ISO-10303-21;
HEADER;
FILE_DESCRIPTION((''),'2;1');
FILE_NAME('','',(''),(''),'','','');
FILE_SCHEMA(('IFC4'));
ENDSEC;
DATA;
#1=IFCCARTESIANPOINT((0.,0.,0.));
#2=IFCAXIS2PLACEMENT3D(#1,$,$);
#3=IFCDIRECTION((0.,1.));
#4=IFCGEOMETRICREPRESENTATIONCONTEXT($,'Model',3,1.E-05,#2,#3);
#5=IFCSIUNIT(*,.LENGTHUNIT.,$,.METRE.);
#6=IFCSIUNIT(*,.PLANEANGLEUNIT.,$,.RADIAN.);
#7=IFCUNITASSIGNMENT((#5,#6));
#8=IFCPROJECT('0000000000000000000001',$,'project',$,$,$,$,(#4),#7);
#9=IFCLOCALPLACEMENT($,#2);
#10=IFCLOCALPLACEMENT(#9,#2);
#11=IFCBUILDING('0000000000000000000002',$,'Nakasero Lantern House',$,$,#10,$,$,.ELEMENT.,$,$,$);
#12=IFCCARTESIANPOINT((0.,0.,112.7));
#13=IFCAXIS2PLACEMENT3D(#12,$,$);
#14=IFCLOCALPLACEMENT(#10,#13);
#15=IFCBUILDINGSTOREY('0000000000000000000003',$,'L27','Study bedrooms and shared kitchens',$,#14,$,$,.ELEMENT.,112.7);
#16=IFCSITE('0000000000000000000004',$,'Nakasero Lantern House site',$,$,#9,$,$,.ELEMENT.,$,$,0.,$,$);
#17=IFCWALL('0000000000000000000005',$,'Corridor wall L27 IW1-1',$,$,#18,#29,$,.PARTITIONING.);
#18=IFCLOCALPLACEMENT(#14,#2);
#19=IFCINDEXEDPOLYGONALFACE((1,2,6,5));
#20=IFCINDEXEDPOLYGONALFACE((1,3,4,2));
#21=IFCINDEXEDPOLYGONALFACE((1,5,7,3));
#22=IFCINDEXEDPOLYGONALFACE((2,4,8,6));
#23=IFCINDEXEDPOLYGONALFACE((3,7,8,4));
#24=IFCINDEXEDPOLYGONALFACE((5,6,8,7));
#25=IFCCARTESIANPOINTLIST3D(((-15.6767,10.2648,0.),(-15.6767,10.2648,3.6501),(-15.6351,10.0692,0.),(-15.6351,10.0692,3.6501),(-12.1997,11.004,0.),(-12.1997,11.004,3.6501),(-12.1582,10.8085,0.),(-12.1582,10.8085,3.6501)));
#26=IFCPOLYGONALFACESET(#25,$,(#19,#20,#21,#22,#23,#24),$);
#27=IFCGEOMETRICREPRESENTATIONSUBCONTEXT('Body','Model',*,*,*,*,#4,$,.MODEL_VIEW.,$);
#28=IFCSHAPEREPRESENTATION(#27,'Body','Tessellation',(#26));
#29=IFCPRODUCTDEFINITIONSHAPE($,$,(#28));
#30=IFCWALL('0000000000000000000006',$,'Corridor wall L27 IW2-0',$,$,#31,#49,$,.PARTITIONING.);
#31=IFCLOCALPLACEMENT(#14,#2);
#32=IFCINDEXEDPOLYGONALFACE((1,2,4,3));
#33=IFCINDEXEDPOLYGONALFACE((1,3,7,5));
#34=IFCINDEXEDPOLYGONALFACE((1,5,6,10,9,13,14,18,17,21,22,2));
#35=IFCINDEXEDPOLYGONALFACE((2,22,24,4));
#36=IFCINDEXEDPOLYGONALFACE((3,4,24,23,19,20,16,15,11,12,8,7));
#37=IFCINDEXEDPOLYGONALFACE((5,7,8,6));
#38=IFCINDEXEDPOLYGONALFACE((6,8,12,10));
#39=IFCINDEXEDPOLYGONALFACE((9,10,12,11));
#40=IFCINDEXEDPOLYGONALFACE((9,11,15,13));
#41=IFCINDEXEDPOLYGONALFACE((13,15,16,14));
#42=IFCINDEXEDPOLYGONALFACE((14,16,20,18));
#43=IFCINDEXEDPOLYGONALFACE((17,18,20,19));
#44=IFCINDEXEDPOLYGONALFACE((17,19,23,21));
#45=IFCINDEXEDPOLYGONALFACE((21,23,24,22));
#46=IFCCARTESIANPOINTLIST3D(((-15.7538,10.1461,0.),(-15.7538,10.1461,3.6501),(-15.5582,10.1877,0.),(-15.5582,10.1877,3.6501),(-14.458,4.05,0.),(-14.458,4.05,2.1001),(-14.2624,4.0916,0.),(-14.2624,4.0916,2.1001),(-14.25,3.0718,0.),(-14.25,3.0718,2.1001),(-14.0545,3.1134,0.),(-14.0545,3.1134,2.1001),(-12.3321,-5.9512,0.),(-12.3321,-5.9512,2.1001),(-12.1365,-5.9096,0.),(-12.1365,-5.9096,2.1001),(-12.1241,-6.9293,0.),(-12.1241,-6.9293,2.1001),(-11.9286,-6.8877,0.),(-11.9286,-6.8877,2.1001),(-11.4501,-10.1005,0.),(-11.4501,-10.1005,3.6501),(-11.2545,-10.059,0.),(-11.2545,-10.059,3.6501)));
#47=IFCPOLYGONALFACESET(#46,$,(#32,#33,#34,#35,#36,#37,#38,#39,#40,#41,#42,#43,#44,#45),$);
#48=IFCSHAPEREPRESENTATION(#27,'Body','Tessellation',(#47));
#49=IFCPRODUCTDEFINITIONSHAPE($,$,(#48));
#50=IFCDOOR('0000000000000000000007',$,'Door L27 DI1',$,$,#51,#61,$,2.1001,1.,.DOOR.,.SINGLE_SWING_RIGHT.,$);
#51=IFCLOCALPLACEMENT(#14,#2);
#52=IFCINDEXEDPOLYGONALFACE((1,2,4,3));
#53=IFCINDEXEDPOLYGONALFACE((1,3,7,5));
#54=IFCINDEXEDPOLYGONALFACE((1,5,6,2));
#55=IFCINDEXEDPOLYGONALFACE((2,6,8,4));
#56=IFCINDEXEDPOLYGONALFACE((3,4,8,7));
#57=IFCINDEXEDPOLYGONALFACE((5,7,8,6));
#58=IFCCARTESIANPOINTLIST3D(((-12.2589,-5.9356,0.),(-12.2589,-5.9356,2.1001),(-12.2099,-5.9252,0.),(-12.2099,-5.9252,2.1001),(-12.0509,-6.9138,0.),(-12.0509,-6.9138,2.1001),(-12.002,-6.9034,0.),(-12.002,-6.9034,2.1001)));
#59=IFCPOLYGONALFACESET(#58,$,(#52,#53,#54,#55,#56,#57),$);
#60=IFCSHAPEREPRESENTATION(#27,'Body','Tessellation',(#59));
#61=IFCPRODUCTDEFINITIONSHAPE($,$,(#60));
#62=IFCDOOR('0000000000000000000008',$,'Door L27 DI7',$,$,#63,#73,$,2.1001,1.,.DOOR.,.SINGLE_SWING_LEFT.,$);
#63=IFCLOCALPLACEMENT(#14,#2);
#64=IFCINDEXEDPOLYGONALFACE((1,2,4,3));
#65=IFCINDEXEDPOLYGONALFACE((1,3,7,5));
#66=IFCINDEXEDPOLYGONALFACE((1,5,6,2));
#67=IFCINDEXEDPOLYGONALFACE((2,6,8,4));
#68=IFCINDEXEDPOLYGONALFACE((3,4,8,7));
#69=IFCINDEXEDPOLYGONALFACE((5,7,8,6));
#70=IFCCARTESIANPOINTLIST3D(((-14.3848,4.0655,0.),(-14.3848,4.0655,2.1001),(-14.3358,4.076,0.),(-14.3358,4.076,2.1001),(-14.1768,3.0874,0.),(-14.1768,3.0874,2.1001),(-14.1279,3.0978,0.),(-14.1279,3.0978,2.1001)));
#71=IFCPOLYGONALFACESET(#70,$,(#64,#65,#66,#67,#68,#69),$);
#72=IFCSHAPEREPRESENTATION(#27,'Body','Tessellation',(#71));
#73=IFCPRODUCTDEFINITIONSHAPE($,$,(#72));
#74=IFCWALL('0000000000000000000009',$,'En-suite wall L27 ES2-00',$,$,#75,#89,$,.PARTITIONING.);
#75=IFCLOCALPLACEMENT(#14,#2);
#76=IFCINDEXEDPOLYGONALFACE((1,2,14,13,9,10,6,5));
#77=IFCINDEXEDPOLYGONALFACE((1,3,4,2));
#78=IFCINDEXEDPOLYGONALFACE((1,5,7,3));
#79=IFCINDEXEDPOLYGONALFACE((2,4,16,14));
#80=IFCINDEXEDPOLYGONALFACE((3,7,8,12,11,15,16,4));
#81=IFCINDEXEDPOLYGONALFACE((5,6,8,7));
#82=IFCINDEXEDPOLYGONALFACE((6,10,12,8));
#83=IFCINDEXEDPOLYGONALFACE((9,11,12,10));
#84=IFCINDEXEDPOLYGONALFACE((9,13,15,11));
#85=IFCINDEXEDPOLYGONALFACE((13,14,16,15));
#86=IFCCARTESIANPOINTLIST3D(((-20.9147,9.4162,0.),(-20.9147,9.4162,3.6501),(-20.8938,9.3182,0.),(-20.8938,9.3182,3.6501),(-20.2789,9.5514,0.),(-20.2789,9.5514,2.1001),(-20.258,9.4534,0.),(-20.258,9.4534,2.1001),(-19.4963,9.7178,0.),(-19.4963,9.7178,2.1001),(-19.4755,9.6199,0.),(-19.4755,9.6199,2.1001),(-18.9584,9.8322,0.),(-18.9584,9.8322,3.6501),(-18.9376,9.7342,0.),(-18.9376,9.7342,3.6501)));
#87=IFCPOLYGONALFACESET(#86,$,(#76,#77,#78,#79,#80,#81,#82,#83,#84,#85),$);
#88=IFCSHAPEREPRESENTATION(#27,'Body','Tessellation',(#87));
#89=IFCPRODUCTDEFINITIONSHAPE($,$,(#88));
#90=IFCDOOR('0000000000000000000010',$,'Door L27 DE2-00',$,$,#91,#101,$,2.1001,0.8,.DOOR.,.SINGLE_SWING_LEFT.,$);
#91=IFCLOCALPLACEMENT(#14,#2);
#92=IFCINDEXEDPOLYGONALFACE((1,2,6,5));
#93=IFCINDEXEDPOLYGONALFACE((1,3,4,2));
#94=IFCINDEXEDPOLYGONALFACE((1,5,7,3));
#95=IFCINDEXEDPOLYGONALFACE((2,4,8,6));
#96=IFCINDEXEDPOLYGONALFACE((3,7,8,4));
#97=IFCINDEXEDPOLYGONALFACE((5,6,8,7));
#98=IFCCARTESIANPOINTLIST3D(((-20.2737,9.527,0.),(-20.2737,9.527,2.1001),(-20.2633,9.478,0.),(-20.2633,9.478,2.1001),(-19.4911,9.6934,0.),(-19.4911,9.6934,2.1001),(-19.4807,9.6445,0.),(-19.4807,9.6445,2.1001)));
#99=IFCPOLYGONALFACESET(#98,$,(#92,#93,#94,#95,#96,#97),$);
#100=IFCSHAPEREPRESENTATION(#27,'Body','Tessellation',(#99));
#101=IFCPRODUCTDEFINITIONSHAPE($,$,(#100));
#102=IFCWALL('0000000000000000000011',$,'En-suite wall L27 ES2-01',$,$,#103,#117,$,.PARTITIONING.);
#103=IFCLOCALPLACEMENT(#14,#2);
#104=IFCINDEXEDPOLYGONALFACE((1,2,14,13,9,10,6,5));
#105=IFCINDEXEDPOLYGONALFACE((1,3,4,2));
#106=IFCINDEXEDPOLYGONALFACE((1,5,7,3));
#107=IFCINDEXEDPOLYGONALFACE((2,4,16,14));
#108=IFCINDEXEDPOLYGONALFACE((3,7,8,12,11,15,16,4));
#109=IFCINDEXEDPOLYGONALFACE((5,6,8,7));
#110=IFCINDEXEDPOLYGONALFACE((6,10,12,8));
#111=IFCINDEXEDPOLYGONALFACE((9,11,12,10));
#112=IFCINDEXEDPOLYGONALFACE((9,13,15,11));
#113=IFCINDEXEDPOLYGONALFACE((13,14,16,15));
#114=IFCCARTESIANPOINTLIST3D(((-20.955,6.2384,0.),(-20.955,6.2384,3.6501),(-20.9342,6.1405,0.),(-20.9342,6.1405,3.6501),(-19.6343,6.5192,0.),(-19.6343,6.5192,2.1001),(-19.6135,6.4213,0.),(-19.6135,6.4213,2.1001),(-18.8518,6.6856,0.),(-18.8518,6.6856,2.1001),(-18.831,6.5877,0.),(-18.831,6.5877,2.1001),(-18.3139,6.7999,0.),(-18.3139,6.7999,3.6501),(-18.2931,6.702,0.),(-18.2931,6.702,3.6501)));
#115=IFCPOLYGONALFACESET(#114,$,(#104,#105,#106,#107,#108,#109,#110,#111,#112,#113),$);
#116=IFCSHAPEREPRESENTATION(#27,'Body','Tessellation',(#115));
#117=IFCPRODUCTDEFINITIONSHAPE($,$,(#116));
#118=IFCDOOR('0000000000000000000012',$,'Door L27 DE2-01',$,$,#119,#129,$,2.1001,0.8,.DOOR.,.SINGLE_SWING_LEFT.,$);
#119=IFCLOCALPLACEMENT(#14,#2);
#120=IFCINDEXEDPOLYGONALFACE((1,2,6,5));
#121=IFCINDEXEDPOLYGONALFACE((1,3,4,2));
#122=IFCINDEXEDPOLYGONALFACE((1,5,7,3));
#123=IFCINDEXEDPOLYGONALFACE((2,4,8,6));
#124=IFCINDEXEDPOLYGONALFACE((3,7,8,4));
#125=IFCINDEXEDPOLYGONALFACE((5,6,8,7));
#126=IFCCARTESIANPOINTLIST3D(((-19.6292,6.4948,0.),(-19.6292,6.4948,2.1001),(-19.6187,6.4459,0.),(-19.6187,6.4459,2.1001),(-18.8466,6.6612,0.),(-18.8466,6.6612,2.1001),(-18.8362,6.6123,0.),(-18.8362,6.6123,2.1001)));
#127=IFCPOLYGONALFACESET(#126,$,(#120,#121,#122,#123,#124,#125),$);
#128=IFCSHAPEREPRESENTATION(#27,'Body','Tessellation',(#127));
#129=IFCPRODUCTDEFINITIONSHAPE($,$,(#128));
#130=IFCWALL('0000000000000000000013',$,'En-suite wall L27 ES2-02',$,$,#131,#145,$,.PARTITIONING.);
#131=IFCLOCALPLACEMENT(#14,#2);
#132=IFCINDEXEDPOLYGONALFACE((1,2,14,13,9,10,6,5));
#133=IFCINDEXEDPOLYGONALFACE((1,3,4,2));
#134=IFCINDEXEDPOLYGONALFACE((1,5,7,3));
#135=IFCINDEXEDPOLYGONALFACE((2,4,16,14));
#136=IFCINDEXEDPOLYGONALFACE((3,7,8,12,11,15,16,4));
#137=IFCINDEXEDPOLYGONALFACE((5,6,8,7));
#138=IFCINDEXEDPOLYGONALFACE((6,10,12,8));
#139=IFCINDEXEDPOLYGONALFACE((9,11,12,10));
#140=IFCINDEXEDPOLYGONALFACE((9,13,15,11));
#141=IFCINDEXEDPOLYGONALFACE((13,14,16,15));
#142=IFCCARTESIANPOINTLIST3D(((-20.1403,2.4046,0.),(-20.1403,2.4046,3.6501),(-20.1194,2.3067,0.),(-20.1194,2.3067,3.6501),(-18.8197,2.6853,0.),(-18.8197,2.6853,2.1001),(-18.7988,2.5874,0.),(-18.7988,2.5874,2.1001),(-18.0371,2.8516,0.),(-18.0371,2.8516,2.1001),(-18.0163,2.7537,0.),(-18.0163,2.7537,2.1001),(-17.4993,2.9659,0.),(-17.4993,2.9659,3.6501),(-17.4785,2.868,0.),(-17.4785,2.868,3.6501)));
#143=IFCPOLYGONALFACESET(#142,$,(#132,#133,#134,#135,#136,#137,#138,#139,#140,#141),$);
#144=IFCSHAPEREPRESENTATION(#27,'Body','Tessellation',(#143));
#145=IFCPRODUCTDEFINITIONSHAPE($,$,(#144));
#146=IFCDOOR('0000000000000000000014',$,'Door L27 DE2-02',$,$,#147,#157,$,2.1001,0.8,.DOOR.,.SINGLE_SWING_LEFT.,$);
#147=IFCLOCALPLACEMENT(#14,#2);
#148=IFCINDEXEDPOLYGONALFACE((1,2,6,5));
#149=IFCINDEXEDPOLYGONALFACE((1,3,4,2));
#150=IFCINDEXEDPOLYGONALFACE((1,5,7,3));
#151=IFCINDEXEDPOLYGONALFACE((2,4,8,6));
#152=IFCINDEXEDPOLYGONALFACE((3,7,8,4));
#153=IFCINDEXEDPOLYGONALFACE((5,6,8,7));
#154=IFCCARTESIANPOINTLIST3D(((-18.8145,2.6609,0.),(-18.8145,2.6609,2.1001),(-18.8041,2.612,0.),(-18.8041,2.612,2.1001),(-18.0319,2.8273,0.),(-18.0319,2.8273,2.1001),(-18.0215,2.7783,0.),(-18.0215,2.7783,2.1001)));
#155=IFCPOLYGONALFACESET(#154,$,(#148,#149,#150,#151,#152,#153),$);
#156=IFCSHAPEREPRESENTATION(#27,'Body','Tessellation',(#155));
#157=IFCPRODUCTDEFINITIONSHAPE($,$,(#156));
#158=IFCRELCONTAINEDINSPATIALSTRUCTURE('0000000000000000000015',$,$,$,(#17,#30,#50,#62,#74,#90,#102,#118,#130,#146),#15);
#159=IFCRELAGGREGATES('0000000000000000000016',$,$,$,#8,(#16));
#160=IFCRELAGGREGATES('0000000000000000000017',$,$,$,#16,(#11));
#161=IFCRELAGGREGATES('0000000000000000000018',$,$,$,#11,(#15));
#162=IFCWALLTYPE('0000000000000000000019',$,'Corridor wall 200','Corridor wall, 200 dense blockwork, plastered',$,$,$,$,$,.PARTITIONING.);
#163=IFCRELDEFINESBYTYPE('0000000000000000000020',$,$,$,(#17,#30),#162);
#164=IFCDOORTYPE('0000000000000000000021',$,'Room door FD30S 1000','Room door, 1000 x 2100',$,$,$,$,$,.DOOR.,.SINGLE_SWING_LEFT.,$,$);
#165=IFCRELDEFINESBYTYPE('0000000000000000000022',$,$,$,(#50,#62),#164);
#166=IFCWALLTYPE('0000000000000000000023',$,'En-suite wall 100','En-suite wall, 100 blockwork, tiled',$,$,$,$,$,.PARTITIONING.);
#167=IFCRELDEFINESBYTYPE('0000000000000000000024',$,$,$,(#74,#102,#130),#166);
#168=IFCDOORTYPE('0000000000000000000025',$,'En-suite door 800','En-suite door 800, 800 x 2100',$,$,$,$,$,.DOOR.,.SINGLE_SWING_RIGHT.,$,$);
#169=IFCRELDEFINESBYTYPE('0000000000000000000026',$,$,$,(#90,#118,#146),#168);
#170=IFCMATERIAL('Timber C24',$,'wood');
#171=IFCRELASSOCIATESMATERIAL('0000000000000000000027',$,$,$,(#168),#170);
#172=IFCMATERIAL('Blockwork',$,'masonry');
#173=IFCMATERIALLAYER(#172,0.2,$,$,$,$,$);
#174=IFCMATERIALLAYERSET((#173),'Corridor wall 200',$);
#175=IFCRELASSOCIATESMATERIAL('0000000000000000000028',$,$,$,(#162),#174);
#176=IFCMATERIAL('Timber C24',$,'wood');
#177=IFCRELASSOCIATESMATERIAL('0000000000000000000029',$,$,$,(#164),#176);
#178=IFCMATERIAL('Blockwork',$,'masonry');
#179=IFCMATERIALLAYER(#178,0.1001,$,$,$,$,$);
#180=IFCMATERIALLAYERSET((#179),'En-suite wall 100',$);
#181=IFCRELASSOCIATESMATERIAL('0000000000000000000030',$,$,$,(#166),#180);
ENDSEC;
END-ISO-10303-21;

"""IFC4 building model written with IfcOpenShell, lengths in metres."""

from ifc_helpers import new_model, si_unit, direction, frame, frame_2d, origin, place, context, subcontext, project, spatial, rectangle, extrude, material, layer, layer_set, type_object, element, fill, save


model = new_model("IFC4")

# Units and contexts
model_context = context("Model", 3, precision=1e-05, world=origin(), true_north=direction((0.0, 1.0)))
body_context = subcontext(model_context, "Body", "Model", "MODEL_VIEW")
ifc_project = project(units=[si_unit("LENGTHUNIT", "METRE"), si_unit("PLANEANGLEUNIT", "RADIAN")], contexts=[model_context])

# Site, building, storey
site_placement = place(None, origin())
site = spatial("IfcSite", under=ifc_project, at=site_placement, Name="Nakasero Lantern House site", CompositionType="ELEMENT", RefElevation=0.0)
building_placement = place(site_placement, origin())
building = spatial("IfcBuilding", under=site, at=building_placement, Name="Nakasero Lantern House", CompositionType="ELEMENT")
storey_placement = place(building_placement, frame((0.0, 0.0, 112.7)))
storey = spatial("IfcBuildingStorey", under=building, at=storey_placement, Name="L27", Description="Study bedrooms and shared kitchens", CompositionType="ELEMENT", Elevation=112.7)

# Shared definitions
ifc_material_1 = material(Name="Timber C24", Category="wood")
door_type_1 = type_object("IfcDoorType", Name="En-suite door 800", Description="En-suite door 800, 800 x 2100", OperationType="SINGLE_SWING_RIGHT", PredefinedType="DOOR", material=ifc_material_1)

# Wall
ifc_material_2 = material(Name="Blockwork", Category="masonry")
ifc_layer_1 = layer(ifc_material_2, 0.2)
ifc_layer_set_1 = layer_set([ifc_layer_1], Name="Corridor wall 200")
wall_type_1 = type_object("IfcWallType", Name="Corridor wall 200", Description="Corridor wall, 200 dense blockwork, plastered", PredefinedType="PARTITIONING", material=ifc_layer_set_1)
wall_1_placement = place(storey_placement, frame((-12.179, 10.9062, 0.0), z_axis=(0.0, 0.0, 1.0), x_axis=(-0.978137, -0.207962, 0.0)))
element("IfcWall", 1, at=wall_1_placement, inside=storey, type_object=wall_type_1, Name="Corridor wall L27 IW1-1", PredefinedType="PARTITIONING", context=body_context, shape_type="SweptSolid", body=[
    extrude(rectangle(XDim=3.5547, YDim=0.2, at=frame_2d((1.7773, 0.0))), origin(), (0.0, 0.0, 1.0), 3.6501),
])

# Wall, openings, doors
wall_2_placement = place(storey_placement, frame((-15.656, 10.167, 0.0), z_axis=(0.0, 0.0, 1.0), x_axis=(0.207919, -0.978146, 0.0)))
wall_2 = element("IfcWall", 2, at=wall_2_placement, inside=storey, type_object=wall_type_1, Name="Corridor wall L27 IW2-0", PredefinedType="PARTITIONING", context=body_context, shape_type="SweptSolid", body=[
    extrude(rectangle(XDim=20.699, YDim=0.2, at=frame_2d((10.3496, 0.0))), origin(), (0.0, 0.0, 1.0), 3.6501),
])
opening_1_placement = place(wall_2_placement, frame((16.457, 0.0, 0.0)))
opening_1 = element("IfcOpeningElement", 3, at=opening_1_placement, cuts=wall_2, PredefinedType="OPENING", context=body_context, shape_type="SweptSolid", body=[
    extrude(rectangle(XDim=1.0, YDim=2.1001, at=frame_2d((0.5, 1.05))), frame((0.0, 0.1199, 0.0), z_axis=(0.0, -1.0, 0.0), x_axis=(1.0, 0.0, 0.0)), (0.0, 0.0, 1.0), 0.24),
])
opening_2_placement = place(wall_2_placement, frame((6.2324, 0.0, 0.0)))
opening_2 = element("IfcOpeningElement", 4, at=opening_2_placement, cuts=wall_2, PredefinedType="OPENING", context=body_context, shape_type="SweptSolid", body=[
    extrude(rectangle(XDim=1.0, YDim=2.1001, at=frame_2d((0.5, 1.05))), frame((0.0, 0.1199, 0.0), z_axis=(0.0, -1.0, 0.0), x_axis=(1.0, 0.0, 0.0)), (0.0, 0.0, 1.0), 0.24),
])
ifc_material_3 = material(Name="Timber C24", Category="wood")
door_type_2 = type_object("IfcDoorType", Name="Room door FD30S 1000", Description="Room door, 1000 x 2100", OperationType="SINGLE_SWING_LEFT", PredefinedType="DOOR", material=ifc_material_3)
door_1_placement = place(opening_1_placement, origin())
door_1 = element("IfcDoor", 5, at=door_1_placement, inside=storey, type_object=door_type_2, Name="Door L27 DI1", OperationType="SINGLE_SWING_RIGHT", OverallHeight=2.1001, OverallWidth=1.0, PredefinedType="DOOR", context=body_context, shape_type="SweptSolid", body=[
    extrude(rectangle(XDim=1.0, YDim=2.1001, at=frame_2d((0.5, 1.05))), frame((0.0, 0.0249, 0.0), z_axis=(0.0, -1.0, 0.0), x_axis=(1.0, 0.0, 0.0)), (0.0, 0.0, 1.0), 0.05),
])
fill(opening_1, door_1)
door_2_placement = place(opening_2_placement, origin())
door_2 = element("IfcDoor", 6, at=door_2_placement, inside=storey, type_object=door_type_2, Name="Door L27 DI7", OperationType="SINGLE_SWING_LEFT", OverallHeight=2.1001, OverallWidth=1.0, PredefinedType="DOOR", context=body_context, shape_type="SweptSolid", body=[
    extrude(rectangle(XDim=1.0, YDim=2.1001, at=frame_2d((0.5, 1.05))), frame((0.0, 0.0249, 0.0), z_axis=(0.0, -1.0, 0.0), x_axis=(1.0, 0.0, 0.0)), (0.0, 0.0, 1.0), 0.05),
])
fill(opening_2, door_2)

# Walls, openings, doors
ifc_material_4 = material(Name="Blockwork", Category="masonry")
ifc_layer_2 = layer(ifc_material_4, 0.1001)
ifc_layer_set_2 = layer_set([ifc_layer_2], Name="En-suite wall 100")
wall_type_2 = type_object("IfcWallType", Name="En-suite wall 100", Description="En-suite wall, 100 blockwork, tiled", PredefinedType="PARTITIONING", material=ifc_layer_set_2)
wall_3_placement = place(storey_placement, frame((-18.948, 9.7832, 0.0), z_axis=(0.0, 0.0, 1.0), x_axis=(-0.978128, -0.208003, 0.0)))
wall_3 = element("IfcWall", 7, at=wall_3_placement, inside=storey, type_object=wall_type_2, Name="En-suite wall L27 ES2-00", PredefinedType="PARTITIONING", context=body_context, shape_type="SweptSolid", body=[
    extrude(rectangle(XDim=2.0, YDim=0.1001, at=frame_2d((1.0, 0.0))), origin(), (0.0, 0.0, 1.0), 3.6501),
])
opening_3_placement = place(wall_3_placement, frame((0.55, 0.0, 0.0)))
opening_3 = element("IfcOpeningElement", 8, at=opening_3_placement, cuts=wall_3, PredefinedType="OPENING", context=body_context, shape_type="SweptSolid", body=[
    extrude(rectangle(XDim=0.8, YDim=2.1001, at=frame_2d((0.3999, 1.05))), frame((0.0, 0.0701, 0.0), z_axis=(0.0, -1.0, 0.0), x_axis=(1.0, 0.0, 0.0)), (0.0, 0.0, 1.0), 0.1401),
])
door_3_placement = place(opening_3_placement, origin())
door_3 = element("IfcDoor", 9, at=door_3_placement, inside=storey, type_object=door_type_1, Name="Door L27 DE2-00", OperationType="SINGLE_SWING_LEFT", OverallHeight=2.1001, OverallWidth=0.8, PredefinedType="DOOR", context=body_context, shape_type="SweptSolid", body=[
    extrude(rectangle(XDim=0.8, YDim=2.1001, at=frame_2d((0.3999, 1.05))), frame((0.0, 0.0249, 0.0), z_axis=(0.0, -1.0, 0.0), x_axis=(1.0, 0.0, 0.0)), (0.0, 0.0, 1.0), 0.05),
])
fill(opening_3, door_3)
wall_4_placement = place(storey_placement, frame((-18.3035, 6.751, 0.0), z_axis=(0.0, 0.0, 1.0), x_axis=(-0.978137, -0.20796, 0.0)))
wall_4 = element("IfcWall", 10, at=wall_4_placement, inside=storey, type_object=wall_type_2, Name="En-suite wall L27 ES2-01", PredefinedType="PARTITIONING", context=body_context, shape_type="SweptSolid", body=[
    extrude(rectangle(XDim=2.7002, YDim=0.1001, at=frame_2d((1.3501, 0.0))), origin(), (0.0, 0.0, 1.0), 3.6501),
])
opening_4_placement = place(wall_4_placement, frame((0.55, 0.0, 0.0)))
opening_4 = element("IfcOpeningElement", 11, at=opening_4_placement, cuts=wall_4, PredefinedType="OPENING", context=body_context, shape_type="SweptSolid", body=[
    extrude(rectangle(XDim=0.8, YDim=2.1001, at=frame_2d((0.3999, 1.05))), frame((0.0, 0.0701, 0.0), z_axis=(0.0, -1.0, 0.0), x_axis=(1.0, 0.0, 0.0)), (0.0, 0.0, 1.0), 0.1401),
])
door_4_placement = place(opening_4_placement, origin())
door_4 = element("IfcDoor", 12, at=door_4_placement, inside=storey, type_object=door_type_1, Name="Door L27 DE2-01", OperationType="SINGLE_SWING_LEFT", OverallHeight=2.1001, OverallWidth=0.8, PredefinedType="DOOR", context=body_context, shape_type="SweptSolid", body=[
    extrude(rectangle(XDim=0.8, YDim=2.1001, at=frame_2d((0.3999, 1.05))), frame((0.0, 0.0249, 0.0), z_axis=(0.0, -1.0, 0.0), x_axis=(1.0, 0.0, 0.0)), (0.0, 0.0, 1.0), 0.05),
])
fill(opening_4, door_4)
wall_5_placement = place(storey_placement, frame((-17.4888, 2.917, 0.0), z_axis=(0.0, 0.0, 1.0), x_axis=(-0.978152, -0.207892, 0.0)))
wall_5 = element("IfcWall", 13, at=wall_5_placement, inside=storey, type_object=wall_type_2, Name="En-suite wall L27 ES2-02", PredefinedType="PARTITIONING", context=body_context, shape_type="SweptSolid", body=[
    extrude(rectangle(XDim=2.7, YDim=0.1001, at=frame_2d((1.3501, 0.0))), origin(), (0.0, 0.0, 1.0), 3.6501),
])
opening_5_placement = place(wall_5_placement, frame((0.55, 0.0, 0.0)))
opening_5 = element("IfcOpeningElement", 14, at=opening_5_placement, cuts=wall_5, PredefinedType="OPENING", context=body_context, shape_type="SweptSolid", body=[
    extrude(rectangle(XDim=0.8, YDim=2.1001, at=frame_2d((0.3999, 1.05))), frame((0.0, 0.0701, 0.0), z_axis=(0.0, -1.0, 0.0), x_axis=(1.0, 0.0, 0.0)), (0.0, 0.0, 1.0), 0.1401),
])
door_5_placement = place(opening_5_placement, origin())
door_5 = element("IfcDoor", 15, at=door_5_placement, inside=storey, type_object=door_type_1, Name="Door L27 DE2-02", OperationType="SINGLE_SWING_LEFT", OverallHeight=2.1001, OverallWidth=0.8, PredefinedType="DOOR", context=body_context, shape_type="SweptSolid", body=[
    extrude(rectangle(XDim=0.8, YDim=2.1001, at=frame_2d((0.3999, 1.05))), frame((0.0, 0.0249, 0.0), z_axis=(0.0, -1.0, 0.0), x_axis=(1.0, 0.0, 0.0)), (0.0, 0.0, 1.0), 0.05),
])
fill(opening_5, door_5)

save(model, "model.ifc")
